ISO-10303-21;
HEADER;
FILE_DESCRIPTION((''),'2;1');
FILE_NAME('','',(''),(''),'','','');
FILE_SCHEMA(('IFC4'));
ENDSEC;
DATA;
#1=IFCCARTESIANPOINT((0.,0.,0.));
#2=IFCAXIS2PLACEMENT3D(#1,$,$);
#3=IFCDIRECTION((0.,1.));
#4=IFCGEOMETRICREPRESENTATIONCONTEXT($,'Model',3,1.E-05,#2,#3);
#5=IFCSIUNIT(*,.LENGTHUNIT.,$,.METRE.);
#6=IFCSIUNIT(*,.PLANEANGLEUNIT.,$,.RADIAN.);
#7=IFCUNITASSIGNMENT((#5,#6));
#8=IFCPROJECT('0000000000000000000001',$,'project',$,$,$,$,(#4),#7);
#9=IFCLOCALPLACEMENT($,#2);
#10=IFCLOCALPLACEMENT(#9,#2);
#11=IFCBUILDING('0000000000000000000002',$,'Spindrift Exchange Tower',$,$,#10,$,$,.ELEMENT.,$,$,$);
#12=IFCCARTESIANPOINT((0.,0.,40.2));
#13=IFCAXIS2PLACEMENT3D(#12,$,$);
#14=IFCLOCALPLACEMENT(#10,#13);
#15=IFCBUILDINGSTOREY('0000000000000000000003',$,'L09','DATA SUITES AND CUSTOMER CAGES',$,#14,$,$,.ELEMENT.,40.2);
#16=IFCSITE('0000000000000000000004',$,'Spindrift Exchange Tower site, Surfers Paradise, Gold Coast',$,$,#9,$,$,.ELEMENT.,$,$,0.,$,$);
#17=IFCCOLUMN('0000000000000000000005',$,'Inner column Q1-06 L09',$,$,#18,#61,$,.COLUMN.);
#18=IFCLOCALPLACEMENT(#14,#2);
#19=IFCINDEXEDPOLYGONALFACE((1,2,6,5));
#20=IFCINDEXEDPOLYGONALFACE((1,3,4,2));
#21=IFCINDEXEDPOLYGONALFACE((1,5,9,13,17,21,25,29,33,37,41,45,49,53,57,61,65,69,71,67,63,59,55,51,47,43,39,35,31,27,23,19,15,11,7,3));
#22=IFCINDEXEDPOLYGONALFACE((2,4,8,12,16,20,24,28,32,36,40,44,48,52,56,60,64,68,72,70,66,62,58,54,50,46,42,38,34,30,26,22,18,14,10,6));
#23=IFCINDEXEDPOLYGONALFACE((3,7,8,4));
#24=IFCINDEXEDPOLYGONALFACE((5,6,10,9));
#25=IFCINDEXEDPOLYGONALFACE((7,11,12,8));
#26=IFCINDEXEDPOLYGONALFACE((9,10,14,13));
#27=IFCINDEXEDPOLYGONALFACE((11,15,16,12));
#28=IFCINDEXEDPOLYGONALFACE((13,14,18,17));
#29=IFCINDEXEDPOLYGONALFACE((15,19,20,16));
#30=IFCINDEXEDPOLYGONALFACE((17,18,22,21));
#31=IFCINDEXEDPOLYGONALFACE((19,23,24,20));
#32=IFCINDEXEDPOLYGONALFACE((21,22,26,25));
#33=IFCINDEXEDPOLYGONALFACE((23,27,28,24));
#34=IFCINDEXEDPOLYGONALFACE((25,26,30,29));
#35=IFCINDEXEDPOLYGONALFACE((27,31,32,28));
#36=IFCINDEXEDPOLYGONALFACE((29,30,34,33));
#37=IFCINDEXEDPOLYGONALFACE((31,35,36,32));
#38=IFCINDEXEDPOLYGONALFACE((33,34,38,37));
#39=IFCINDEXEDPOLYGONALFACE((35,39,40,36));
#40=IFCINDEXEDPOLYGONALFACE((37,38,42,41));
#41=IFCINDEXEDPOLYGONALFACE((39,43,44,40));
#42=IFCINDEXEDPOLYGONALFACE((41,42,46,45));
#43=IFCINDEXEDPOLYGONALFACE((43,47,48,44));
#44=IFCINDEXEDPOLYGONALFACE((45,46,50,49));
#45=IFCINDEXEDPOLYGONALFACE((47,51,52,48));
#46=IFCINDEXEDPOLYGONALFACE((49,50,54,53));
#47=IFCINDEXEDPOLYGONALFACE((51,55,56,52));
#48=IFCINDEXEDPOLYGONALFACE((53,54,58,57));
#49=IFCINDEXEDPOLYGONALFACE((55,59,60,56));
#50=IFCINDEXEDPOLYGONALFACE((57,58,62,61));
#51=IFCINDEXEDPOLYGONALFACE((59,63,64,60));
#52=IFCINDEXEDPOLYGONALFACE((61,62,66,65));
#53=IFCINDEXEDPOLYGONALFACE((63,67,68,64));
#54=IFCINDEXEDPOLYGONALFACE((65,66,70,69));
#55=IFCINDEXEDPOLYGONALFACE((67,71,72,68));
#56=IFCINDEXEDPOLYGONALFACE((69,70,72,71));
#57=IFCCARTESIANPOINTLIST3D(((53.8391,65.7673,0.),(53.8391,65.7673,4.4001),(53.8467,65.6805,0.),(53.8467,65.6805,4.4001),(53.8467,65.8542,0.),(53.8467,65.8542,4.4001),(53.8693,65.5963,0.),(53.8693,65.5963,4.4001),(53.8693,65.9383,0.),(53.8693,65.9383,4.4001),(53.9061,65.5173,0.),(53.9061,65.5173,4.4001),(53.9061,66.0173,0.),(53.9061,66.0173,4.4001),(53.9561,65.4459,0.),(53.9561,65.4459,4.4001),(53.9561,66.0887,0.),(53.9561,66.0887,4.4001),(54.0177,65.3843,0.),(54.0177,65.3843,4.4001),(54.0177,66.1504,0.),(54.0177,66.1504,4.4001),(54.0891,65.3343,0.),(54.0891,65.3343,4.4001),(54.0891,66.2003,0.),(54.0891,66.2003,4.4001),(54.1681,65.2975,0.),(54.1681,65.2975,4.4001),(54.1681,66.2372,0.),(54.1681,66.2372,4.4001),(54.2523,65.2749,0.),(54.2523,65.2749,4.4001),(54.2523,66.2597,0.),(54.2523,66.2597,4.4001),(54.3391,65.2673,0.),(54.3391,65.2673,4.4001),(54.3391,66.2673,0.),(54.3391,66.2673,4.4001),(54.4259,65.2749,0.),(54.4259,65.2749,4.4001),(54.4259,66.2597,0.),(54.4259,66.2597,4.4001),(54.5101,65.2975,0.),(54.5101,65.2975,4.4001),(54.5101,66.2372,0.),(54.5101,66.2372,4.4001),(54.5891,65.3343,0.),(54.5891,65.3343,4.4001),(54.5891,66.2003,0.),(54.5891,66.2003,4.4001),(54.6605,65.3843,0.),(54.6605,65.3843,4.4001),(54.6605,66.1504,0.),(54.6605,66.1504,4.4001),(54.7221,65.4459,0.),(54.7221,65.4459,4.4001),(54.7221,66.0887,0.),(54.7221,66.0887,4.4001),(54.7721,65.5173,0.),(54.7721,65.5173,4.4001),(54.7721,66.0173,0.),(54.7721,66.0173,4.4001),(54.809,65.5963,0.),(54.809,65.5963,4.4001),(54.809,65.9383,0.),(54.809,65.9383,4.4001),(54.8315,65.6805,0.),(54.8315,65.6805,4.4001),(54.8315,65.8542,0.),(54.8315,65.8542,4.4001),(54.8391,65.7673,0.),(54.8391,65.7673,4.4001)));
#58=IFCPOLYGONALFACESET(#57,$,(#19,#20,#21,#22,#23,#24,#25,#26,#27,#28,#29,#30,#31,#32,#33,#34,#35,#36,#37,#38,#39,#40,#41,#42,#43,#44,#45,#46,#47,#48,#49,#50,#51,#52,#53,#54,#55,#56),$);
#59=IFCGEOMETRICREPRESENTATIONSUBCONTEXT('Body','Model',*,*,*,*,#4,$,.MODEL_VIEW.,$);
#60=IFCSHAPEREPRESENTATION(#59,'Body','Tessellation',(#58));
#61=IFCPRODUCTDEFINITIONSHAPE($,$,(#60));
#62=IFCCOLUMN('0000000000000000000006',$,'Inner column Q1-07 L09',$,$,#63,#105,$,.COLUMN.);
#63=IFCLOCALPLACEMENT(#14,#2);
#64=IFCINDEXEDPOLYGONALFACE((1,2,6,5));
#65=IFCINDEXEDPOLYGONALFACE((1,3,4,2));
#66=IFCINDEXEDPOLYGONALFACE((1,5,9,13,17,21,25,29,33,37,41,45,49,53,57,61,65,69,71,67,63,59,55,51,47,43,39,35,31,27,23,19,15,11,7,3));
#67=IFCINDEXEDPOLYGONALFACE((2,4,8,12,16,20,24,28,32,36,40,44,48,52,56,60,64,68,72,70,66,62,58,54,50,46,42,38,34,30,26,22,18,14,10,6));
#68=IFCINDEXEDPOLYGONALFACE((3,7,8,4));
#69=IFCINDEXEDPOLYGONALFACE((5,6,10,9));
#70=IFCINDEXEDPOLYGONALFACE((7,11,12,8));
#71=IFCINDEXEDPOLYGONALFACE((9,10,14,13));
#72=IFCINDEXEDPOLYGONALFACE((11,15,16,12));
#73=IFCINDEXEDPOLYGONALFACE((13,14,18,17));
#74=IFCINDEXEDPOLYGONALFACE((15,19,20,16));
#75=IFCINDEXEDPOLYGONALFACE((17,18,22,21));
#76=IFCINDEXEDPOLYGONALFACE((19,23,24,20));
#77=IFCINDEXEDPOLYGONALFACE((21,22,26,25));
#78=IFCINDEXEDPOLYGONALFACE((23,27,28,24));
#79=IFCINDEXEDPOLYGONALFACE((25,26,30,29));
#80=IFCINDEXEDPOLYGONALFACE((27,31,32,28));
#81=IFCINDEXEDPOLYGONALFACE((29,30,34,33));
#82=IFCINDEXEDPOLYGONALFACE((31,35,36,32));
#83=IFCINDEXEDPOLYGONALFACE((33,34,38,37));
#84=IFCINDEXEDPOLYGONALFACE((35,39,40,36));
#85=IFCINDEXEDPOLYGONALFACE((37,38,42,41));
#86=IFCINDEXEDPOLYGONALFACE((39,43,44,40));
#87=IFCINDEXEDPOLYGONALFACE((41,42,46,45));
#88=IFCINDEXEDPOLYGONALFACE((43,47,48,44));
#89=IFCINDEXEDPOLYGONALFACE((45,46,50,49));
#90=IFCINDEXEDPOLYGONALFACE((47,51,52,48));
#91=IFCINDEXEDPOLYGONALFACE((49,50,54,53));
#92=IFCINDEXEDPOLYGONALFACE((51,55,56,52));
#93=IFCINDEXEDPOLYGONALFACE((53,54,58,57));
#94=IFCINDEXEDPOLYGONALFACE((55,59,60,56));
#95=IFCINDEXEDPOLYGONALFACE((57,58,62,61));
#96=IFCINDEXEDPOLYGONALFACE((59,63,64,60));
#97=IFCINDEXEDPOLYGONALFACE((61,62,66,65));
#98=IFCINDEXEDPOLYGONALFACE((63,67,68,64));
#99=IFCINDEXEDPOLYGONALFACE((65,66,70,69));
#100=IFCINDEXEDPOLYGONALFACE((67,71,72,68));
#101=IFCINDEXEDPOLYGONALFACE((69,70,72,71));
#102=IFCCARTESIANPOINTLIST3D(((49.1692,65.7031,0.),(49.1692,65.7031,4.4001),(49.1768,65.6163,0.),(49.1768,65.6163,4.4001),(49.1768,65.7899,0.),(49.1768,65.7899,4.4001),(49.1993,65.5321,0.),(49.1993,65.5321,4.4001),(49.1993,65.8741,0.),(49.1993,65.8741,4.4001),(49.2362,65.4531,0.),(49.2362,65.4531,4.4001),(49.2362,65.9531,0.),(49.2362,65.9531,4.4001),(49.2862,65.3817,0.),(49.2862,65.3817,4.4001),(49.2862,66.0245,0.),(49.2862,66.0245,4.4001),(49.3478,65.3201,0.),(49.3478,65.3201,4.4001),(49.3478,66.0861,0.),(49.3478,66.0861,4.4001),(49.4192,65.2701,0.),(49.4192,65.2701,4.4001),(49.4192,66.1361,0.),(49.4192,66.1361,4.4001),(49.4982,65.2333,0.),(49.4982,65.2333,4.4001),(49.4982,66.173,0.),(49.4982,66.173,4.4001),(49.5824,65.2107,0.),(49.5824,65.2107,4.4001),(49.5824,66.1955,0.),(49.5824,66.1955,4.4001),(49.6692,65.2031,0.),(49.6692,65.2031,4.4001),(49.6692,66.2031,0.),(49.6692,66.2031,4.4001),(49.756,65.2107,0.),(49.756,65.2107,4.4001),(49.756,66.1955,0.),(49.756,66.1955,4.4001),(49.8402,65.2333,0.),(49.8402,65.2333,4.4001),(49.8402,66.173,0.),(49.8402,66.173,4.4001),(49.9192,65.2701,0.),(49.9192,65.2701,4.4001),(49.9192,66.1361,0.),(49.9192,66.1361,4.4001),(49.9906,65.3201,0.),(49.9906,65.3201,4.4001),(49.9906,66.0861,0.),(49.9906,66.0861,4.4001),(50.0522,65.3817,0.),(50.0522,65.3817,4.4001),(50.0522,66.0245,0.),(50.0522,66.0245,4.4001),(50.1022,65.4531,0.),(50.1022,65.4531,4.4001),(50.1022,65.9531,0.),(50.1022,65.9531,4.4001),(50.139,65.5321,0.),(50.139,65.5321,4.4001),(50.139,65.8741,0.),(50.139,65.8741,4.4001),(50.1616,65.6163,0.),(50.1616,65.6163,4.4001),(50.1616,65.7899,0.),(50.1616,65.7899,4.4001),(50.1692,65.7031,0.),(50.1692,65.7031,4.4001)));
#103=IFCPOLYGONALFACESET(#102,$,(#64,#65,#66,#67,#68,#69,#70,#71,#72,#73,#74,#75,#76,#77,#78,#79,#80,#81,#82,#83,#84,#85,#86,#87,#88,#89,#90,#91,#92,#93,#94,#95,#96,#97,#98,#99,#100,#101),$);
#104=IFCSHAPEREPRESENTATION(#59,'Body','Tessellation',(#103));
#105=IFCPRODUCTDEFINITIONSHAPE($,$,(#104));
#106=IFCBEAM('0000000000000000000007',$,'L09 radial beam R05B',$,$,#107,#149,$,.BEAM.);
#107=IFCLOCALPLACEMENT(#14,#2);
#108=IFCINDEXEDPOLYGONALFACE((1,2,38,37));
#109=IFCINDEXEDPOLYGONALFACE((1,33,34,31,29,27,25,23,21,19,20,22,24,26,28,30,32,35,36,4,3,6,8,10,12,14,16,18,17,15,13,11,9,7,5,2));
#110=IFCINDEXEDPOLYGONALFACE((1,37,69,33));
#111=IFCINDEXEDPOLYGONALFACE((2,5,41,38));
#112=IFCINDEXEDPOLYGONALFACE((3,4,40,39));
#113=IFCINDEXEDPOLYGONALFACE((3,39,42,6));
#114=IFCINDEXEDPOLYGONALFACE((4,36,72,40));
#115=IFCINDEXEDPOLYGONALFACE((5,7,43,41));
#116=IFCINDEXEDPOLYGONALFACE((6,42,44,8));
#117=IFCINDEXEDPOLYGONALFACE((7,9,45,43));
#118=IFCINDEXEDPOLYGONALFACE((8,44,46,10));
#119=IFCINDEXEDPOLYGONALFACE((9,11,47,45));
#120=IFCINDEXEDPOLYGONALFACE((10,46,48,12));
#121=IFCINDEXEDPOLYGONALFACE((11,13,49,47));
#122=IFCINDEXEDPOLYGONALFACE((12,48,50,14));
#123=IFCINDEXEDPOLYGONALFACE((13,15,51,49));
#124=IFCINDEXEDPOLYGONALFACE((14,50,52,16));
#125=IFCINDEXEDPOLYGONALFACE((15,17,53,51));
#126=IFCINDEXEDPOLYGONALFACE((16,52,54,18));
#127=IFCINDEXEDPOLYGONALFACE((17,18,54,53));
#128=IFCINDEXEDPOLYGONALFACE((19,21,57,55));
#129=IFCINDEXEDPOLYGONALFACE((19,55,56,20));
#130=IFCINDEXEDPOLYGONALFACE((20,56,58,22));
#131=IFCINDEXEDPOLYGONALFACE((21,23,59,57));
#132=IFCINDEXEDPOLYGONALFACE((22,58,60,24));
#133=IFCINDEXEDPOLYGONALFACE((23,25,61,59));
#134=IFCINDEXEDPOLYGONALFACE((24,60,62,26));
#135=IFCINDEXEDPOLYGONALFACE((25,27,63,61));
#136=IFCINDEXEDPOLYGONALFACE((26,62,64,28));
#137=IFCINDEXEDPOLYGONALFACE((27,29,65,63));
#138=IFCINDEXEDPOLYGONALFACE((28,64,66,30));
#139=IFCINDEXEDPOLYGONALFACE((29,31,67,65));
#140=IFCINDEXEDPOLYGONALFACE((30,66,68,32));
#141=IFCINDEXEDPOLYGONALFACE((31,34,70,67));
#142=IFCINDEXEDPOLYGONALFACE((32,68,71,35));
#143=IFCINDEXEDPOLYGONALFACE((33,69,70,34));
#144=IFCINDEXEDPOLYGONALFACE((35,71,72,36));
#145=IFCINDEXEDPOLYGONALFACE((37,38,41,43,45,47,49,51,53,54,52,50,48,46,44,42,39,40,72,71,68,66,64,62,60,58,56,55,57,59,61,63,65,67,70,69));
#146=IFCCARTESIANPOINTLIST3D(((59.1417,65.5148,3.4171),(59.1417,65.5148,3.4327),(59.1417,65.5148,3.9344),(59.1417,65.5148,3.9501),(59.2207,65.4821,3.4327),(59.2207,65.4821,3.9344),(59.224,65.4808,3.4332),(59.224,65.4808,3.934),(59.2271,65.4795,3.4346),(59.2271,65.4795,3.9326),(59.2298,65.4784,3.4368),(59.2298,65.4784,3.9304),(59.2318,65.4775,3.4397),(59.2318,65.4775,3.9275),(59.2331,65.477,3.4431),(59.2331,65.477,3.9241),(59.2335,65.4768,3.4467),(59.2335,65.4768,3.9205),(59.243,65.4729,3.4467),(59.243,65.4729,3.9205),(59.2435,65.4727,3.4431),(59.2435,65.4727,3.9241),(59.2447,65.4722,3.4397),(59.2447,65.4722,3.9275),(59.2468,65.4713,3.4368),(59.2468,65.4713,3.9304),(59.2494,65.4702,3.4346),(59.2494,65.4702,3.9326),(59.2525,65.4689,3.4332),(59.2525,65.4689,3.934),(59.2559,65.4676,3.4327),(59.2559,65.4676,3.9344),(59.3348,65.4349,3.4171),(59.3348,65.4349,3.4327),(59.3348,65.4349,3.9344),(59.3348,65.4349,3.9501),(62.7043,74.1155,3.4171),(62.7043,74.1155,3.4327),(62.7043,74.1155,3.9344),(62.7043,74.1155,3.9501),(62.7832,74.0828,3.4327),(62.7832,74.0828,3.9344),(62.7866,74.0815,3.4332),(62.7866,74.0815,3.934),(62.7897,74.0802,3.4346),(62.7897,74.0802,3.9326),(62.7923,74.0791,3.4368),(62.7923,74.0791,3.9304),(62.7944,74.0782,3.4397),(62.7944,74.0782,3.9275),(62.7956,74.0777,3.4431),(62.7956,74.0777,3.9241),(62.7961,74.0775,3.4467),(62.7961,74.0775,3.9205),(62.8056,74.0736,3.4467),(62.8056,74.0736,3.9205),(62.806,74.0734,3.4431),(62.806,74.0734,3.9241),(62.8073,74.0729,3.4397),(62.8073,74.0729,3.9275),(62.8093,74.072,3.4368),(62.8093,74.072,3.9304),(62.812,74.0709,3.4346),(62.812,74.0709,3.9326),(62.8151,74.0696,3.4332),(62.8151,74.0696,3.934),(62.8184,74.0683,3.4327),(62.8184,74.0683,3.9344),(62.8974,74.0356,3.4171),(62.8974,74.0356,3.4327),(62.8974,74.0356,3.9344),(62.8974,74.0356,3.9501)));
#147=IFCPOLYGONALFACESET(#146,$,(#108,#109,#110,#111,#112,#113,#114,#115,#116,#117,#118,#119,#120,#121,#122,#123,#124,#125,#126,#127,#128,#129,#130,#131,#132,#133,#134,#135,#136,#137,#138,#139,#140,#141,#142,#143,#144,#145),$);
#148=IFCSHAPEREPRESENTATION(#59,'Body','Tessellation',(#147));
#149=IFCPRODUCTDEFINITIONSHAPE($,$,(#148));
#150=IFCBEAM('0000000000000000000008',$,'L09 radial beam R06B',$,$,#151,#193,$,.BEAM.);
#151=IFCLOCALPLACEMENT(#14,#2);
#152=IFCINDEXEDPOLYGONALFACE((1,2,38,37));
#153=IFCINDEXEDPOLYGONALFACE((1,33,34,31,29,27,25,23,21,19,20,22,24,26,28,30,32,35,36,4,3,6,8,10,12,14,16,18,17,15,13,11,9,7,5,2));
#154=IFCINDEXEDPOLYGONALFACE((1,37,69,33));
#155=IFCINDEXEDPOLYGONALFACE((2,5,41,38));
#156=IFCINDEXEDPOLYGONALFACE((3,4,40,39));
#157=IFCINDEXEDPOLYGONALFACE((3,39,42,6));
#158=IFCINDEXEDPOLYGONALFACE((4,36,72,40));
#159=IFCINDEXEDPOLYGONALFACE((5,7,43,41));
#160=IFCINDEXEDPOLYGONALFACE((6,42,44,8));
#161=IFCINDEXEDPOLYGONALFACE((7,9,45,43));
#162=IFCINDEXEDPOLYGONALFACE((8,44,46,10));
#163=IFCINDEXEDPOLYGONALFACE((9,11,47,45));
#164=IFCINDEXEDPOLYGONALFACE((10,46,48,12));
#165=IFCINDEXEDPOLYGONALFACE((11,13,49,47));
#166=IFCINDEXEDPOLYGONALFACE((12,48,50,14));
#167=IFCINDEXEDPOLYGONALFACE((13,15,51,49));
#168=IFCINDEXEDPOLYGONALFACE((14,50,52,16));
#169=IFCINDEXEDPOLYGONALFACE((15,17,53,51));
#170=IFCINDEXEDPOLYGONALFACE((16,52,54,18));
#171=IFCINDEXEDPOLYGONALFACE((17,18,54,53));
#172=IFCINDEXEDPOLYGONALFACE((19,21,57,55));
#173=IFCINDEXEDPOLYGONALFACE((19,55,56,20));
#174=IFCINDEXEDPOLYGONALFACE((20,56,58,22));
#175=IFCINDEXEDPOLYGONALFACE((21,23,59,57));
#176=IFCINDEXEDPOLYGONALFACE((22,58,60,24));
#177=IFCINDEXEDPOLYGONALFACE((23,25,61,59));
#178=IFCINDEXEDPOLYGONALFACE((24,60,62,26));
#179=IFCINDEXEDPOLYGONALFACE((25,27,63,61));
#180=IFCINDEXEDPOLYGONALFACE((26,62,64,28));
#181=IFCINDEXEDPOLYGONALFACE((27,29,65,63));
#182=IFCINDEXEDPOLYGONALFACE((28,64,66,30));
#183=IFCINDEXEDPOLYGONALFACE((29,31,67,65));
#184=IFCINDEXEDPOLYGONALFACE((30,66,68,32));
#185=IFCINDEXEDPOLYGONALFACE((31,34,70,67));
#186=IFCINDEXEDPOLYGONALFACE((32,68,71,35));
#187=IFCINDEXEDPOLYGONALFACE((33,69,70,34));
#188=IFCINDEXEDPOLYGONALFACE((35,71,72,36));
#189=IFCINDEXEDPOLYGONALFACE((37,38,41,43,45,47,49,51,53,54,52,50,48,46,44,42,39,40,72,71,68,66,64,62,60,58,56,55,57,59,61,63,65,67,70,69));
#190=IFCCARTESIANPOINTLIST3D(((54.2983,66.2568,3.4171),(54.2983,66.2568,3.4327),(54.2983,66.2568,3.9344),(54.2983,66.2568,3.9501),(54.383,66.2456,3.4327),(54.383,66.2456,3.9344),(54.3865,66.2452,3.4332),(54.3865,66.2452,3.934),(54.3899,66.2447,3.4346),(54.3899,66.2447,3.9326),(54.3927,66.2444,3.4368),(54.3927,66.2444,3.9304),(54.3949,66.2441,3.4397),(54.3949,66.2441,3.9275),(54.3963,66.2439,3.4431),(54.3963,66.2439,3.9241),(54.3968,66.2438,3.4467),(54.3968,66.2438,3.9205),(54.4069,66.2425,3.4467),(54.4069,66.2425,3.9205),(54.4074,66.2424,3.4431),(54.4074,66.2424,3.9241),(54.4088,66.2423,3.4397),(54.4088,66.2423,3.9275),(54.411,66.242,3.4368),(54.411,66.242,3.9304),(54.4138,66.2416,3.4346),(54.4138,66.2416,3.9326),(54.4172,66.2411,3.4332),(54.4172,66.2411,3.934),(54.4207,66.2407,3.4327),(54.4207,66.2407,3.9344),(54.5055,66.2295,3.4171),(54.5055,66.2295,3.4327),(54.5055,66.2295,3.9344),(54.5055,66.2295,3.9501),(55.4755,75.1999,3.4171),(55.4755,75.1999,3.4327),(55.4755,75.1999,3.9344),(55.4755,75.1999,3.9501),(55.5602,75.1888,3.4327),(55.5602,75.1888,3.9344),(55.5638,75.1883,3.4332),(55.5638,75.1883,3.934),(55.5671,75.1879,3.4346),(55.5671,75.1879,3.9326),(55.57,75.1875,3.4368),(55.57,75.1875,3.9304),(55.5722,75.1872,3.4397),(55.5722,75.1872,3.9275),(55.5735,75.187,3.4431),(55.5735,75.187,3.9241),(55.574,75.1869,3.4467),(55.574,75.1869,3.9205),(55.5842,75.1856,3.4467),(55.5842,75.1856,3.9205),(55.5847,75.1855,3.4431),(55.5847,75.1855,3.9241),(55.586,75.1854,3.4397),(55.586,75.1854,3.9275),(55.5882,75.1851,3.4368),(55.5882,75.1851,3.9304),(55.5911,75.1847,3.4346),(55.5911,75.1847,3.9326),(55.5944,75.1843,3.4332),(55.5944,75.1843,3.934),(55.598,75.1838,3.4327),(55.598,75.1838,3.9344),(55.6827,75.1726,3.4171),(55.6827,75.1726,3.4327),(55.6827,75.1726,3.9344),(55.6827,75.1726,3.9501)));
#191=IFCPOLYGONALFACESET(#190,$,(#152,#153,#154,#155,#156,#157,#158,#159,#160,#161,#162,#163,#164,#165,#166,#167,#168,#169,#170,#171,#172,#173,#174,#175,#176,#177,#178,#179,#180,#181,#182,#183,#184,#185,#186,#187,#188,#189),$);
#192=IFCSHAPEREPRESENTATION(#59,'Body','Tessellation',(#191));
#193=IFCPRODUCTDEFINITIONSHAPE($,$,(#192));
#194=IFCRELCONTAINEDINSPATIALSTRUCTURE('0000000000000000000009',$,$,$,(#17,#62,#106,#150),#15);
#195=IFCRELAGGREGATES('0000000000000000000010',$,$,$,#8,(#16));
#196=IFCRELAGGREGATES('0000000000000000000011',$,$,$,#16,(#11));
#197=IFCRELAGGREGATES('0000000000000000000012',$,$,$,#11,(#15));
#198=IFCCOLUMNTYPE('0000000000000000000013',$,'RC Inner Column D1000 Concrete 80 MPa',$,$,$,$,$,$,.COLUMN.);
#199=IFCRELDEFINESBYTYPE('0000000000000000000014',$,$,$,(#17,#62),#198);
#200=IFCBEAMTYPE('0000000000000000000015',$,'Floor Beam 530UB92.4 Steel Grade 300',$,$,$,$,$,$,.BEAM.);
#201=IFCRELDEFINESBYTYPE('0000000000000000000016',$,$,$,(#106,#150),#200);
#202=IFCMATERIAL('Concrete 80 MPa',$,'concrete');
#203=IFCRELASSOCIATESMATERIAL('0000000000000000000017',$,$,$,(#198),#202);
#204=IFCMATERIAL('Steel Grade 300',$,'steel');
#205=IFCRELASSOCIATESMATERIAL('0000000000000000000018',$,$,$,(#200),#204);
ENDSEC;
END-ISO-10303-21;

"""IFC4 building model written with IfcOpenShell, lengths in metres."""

from ifc_helpers import new_model, si_unit, direction, frame, origin, origin_2d, place, context, subcontext, project, spatial, circle, i_section, extrude, source, transform, mapped, material, material_profile, profile_set, type_object, element, save


model = new_model("IFC4")

# Units and contexts
model_context = context("Model", 3, precision=1e-05, world=origin(), true_north=direction((0.0, 1.0)))
body_context = subcontext(model_context, "Body", "Model", "MODEL_VIEW")
ifc_project = project(units=[si_unit("LENGTHUNIT", "METRE"), si_unit("PLANEANGLEUNIT", "RADIAN")], contexts=[model_context])

# Site, building, storey
site_placement = place(None, origin())
site = spatial("IfcSite", under=ifc_project, at=site_placement, Name="Spindrift Exchange Tower site, Surfers Paradise, Gold Coast", CompositionType="ELEMENT", RefElevation=0.0)
building_placement = place(site_placement, origin())
building = spatial("IfcBuilding", under=site, at=building_placement, Name="Spindrift Exchange Tower", CompositionType="ELEMENT")
storey_placement = place(building_placement, frame((0.0, 0.0, 40.2)))
storey = spatial("IfcBuildingStorey", under=building, at=storey_placement, Name="L09", Description="DATA SUITES AND CUSTOMER CAGES", CompositionType="ELEMENT", Elevation=40.2)

# Columns
ifc_material_1 = material(Name="Concrete 80 MPa", Category="concrete")
ifc_material_profile_1 = material_profile(ifc_material_1, circle(Radius=0.5, at=origin_2d()), Name="RC D1000")
ifc_profile_set_1 = profile_set([ifc_material_profile_1], Name="Concrete 80 MPa")
column_type_1 = type_object("IfcColumnType", Name="RC Inner Column D1000 Concrete 80 MPa", PredefinedType="COLUMN", material=ifc_profile_set_1)
shared_shape_1 = source(origin(), body_context, "Body", "SweptSolid", [
    extrude(circle(Radius=0.5, at=origin_2d()), origin(), (0.0, 0.0, 1.0), 4.4001),
])
for number, where, z_axis, x_axis, name in (
    (1, (54.3391, 65.7673, 0.0), (0.0, 0.0, 1.0), (1.0, 0.0, 0.0), "Inner column Q1-06 L09"),
    (2, (49.6692, 65.7031, 0.0), (0.0, 0.0, 1.0), (1.0, 0.0, 0.0), "Inner column Q1-07 L09"),
):
    element("IfcColumn", number, at=place(storey_placement, frame(where, z_axis=z_axis, x_axis=x_axis)), inside=storey, type_object=column_type_1, Name=name, PredefinedType="COLUMN", context=body_context, shape_type="MappedRepresentation", body=[
        mapped(shared_shape_1, transform((0.0, 0.0, 0.0), scale=1.0)),
    ])

# Beams
ifc_material_2 = material(Name="Steel Grade 300", Category="steel")
ifc_material_profile_2 = material_profile(ifc_material_2, i_section(OverallWidth=0.209, OverallDepth=0.533, WebThickness=0.0103, FlangeThickness=0.0156, FilletRadius=0.0139, at=origin_2d()), Name="530UB92.4")
ifc_profile_set_2 = profile_set([ifc_material_profile_2], Name="Steel Grade 300")
beam_type_1 = type_object("IfcBeamType", Name="Floor Beam 530UB92.4 Steel Grade 300", PredefinedType="BEAM", material=ifc_profile_set_2)
shared_shape_2 = source(origin(), body_context, "Body", "SweptSolid", [
    extrude(i_section(OverallWidth=0.209, OverallDepth=0.533, WebThickness=0.0103, FlangeThickness=0.0156, FilletRadius=0.0139, at=origin_2d()), origin(), (0.0, 0.0, 1.0), 9.3093),
])
beam_1_placement = place(storey_placement, frame((59.2383, 65.4749, 3.6836), z_axis=(0.382685, 0.923879, 0.0), x_axis=(-0.923879, 0.382685, 0.0)))
element("IfcBeam", 3, at=beam_1_placement, inside=storey, type_object=beam_type_1, Name="L09 radial beam R05B", PredefinedType="BEAM", context=body_context, shape_type="MappedRepresentation", body=[
    mapped(shared_shape_2, transform((0.0, 0.0, 0.0), scale=1.0)),
])
shared_shape_3 = source(origin(), body_context, "Body", "SweptSolid", [
    extrude(i_section(OverallWidth=0.209, OverallDepth=0.533, WebThickness=0.0103, FlangeThickness=0.0156, FilletRadius=0.0139, at=origin_2d()), origin(), (0.0, 0.0, 1.0), 9.0203),
])
beam_2_placement = place(storey_placement, frame((54.4019, 66.2432, 3.6836), z_axis=(0.130511, 0.991447, 0.0), x_axis=(-0.991447, 0.130511, 0.0)))
element("IfcBeam", 4, at=beam_2_placement, inside=storey, type_object=beam_type_1, Name="L09 radial beam R06B", PredefinedType="BEAM", context=body_context, shape_type="MappedRepresentation", body=[
    mapped(shared_shape_3, transform((0.0, 0.0, 0.0), scale=1.0)),
])

save(model, "model.ifc")
